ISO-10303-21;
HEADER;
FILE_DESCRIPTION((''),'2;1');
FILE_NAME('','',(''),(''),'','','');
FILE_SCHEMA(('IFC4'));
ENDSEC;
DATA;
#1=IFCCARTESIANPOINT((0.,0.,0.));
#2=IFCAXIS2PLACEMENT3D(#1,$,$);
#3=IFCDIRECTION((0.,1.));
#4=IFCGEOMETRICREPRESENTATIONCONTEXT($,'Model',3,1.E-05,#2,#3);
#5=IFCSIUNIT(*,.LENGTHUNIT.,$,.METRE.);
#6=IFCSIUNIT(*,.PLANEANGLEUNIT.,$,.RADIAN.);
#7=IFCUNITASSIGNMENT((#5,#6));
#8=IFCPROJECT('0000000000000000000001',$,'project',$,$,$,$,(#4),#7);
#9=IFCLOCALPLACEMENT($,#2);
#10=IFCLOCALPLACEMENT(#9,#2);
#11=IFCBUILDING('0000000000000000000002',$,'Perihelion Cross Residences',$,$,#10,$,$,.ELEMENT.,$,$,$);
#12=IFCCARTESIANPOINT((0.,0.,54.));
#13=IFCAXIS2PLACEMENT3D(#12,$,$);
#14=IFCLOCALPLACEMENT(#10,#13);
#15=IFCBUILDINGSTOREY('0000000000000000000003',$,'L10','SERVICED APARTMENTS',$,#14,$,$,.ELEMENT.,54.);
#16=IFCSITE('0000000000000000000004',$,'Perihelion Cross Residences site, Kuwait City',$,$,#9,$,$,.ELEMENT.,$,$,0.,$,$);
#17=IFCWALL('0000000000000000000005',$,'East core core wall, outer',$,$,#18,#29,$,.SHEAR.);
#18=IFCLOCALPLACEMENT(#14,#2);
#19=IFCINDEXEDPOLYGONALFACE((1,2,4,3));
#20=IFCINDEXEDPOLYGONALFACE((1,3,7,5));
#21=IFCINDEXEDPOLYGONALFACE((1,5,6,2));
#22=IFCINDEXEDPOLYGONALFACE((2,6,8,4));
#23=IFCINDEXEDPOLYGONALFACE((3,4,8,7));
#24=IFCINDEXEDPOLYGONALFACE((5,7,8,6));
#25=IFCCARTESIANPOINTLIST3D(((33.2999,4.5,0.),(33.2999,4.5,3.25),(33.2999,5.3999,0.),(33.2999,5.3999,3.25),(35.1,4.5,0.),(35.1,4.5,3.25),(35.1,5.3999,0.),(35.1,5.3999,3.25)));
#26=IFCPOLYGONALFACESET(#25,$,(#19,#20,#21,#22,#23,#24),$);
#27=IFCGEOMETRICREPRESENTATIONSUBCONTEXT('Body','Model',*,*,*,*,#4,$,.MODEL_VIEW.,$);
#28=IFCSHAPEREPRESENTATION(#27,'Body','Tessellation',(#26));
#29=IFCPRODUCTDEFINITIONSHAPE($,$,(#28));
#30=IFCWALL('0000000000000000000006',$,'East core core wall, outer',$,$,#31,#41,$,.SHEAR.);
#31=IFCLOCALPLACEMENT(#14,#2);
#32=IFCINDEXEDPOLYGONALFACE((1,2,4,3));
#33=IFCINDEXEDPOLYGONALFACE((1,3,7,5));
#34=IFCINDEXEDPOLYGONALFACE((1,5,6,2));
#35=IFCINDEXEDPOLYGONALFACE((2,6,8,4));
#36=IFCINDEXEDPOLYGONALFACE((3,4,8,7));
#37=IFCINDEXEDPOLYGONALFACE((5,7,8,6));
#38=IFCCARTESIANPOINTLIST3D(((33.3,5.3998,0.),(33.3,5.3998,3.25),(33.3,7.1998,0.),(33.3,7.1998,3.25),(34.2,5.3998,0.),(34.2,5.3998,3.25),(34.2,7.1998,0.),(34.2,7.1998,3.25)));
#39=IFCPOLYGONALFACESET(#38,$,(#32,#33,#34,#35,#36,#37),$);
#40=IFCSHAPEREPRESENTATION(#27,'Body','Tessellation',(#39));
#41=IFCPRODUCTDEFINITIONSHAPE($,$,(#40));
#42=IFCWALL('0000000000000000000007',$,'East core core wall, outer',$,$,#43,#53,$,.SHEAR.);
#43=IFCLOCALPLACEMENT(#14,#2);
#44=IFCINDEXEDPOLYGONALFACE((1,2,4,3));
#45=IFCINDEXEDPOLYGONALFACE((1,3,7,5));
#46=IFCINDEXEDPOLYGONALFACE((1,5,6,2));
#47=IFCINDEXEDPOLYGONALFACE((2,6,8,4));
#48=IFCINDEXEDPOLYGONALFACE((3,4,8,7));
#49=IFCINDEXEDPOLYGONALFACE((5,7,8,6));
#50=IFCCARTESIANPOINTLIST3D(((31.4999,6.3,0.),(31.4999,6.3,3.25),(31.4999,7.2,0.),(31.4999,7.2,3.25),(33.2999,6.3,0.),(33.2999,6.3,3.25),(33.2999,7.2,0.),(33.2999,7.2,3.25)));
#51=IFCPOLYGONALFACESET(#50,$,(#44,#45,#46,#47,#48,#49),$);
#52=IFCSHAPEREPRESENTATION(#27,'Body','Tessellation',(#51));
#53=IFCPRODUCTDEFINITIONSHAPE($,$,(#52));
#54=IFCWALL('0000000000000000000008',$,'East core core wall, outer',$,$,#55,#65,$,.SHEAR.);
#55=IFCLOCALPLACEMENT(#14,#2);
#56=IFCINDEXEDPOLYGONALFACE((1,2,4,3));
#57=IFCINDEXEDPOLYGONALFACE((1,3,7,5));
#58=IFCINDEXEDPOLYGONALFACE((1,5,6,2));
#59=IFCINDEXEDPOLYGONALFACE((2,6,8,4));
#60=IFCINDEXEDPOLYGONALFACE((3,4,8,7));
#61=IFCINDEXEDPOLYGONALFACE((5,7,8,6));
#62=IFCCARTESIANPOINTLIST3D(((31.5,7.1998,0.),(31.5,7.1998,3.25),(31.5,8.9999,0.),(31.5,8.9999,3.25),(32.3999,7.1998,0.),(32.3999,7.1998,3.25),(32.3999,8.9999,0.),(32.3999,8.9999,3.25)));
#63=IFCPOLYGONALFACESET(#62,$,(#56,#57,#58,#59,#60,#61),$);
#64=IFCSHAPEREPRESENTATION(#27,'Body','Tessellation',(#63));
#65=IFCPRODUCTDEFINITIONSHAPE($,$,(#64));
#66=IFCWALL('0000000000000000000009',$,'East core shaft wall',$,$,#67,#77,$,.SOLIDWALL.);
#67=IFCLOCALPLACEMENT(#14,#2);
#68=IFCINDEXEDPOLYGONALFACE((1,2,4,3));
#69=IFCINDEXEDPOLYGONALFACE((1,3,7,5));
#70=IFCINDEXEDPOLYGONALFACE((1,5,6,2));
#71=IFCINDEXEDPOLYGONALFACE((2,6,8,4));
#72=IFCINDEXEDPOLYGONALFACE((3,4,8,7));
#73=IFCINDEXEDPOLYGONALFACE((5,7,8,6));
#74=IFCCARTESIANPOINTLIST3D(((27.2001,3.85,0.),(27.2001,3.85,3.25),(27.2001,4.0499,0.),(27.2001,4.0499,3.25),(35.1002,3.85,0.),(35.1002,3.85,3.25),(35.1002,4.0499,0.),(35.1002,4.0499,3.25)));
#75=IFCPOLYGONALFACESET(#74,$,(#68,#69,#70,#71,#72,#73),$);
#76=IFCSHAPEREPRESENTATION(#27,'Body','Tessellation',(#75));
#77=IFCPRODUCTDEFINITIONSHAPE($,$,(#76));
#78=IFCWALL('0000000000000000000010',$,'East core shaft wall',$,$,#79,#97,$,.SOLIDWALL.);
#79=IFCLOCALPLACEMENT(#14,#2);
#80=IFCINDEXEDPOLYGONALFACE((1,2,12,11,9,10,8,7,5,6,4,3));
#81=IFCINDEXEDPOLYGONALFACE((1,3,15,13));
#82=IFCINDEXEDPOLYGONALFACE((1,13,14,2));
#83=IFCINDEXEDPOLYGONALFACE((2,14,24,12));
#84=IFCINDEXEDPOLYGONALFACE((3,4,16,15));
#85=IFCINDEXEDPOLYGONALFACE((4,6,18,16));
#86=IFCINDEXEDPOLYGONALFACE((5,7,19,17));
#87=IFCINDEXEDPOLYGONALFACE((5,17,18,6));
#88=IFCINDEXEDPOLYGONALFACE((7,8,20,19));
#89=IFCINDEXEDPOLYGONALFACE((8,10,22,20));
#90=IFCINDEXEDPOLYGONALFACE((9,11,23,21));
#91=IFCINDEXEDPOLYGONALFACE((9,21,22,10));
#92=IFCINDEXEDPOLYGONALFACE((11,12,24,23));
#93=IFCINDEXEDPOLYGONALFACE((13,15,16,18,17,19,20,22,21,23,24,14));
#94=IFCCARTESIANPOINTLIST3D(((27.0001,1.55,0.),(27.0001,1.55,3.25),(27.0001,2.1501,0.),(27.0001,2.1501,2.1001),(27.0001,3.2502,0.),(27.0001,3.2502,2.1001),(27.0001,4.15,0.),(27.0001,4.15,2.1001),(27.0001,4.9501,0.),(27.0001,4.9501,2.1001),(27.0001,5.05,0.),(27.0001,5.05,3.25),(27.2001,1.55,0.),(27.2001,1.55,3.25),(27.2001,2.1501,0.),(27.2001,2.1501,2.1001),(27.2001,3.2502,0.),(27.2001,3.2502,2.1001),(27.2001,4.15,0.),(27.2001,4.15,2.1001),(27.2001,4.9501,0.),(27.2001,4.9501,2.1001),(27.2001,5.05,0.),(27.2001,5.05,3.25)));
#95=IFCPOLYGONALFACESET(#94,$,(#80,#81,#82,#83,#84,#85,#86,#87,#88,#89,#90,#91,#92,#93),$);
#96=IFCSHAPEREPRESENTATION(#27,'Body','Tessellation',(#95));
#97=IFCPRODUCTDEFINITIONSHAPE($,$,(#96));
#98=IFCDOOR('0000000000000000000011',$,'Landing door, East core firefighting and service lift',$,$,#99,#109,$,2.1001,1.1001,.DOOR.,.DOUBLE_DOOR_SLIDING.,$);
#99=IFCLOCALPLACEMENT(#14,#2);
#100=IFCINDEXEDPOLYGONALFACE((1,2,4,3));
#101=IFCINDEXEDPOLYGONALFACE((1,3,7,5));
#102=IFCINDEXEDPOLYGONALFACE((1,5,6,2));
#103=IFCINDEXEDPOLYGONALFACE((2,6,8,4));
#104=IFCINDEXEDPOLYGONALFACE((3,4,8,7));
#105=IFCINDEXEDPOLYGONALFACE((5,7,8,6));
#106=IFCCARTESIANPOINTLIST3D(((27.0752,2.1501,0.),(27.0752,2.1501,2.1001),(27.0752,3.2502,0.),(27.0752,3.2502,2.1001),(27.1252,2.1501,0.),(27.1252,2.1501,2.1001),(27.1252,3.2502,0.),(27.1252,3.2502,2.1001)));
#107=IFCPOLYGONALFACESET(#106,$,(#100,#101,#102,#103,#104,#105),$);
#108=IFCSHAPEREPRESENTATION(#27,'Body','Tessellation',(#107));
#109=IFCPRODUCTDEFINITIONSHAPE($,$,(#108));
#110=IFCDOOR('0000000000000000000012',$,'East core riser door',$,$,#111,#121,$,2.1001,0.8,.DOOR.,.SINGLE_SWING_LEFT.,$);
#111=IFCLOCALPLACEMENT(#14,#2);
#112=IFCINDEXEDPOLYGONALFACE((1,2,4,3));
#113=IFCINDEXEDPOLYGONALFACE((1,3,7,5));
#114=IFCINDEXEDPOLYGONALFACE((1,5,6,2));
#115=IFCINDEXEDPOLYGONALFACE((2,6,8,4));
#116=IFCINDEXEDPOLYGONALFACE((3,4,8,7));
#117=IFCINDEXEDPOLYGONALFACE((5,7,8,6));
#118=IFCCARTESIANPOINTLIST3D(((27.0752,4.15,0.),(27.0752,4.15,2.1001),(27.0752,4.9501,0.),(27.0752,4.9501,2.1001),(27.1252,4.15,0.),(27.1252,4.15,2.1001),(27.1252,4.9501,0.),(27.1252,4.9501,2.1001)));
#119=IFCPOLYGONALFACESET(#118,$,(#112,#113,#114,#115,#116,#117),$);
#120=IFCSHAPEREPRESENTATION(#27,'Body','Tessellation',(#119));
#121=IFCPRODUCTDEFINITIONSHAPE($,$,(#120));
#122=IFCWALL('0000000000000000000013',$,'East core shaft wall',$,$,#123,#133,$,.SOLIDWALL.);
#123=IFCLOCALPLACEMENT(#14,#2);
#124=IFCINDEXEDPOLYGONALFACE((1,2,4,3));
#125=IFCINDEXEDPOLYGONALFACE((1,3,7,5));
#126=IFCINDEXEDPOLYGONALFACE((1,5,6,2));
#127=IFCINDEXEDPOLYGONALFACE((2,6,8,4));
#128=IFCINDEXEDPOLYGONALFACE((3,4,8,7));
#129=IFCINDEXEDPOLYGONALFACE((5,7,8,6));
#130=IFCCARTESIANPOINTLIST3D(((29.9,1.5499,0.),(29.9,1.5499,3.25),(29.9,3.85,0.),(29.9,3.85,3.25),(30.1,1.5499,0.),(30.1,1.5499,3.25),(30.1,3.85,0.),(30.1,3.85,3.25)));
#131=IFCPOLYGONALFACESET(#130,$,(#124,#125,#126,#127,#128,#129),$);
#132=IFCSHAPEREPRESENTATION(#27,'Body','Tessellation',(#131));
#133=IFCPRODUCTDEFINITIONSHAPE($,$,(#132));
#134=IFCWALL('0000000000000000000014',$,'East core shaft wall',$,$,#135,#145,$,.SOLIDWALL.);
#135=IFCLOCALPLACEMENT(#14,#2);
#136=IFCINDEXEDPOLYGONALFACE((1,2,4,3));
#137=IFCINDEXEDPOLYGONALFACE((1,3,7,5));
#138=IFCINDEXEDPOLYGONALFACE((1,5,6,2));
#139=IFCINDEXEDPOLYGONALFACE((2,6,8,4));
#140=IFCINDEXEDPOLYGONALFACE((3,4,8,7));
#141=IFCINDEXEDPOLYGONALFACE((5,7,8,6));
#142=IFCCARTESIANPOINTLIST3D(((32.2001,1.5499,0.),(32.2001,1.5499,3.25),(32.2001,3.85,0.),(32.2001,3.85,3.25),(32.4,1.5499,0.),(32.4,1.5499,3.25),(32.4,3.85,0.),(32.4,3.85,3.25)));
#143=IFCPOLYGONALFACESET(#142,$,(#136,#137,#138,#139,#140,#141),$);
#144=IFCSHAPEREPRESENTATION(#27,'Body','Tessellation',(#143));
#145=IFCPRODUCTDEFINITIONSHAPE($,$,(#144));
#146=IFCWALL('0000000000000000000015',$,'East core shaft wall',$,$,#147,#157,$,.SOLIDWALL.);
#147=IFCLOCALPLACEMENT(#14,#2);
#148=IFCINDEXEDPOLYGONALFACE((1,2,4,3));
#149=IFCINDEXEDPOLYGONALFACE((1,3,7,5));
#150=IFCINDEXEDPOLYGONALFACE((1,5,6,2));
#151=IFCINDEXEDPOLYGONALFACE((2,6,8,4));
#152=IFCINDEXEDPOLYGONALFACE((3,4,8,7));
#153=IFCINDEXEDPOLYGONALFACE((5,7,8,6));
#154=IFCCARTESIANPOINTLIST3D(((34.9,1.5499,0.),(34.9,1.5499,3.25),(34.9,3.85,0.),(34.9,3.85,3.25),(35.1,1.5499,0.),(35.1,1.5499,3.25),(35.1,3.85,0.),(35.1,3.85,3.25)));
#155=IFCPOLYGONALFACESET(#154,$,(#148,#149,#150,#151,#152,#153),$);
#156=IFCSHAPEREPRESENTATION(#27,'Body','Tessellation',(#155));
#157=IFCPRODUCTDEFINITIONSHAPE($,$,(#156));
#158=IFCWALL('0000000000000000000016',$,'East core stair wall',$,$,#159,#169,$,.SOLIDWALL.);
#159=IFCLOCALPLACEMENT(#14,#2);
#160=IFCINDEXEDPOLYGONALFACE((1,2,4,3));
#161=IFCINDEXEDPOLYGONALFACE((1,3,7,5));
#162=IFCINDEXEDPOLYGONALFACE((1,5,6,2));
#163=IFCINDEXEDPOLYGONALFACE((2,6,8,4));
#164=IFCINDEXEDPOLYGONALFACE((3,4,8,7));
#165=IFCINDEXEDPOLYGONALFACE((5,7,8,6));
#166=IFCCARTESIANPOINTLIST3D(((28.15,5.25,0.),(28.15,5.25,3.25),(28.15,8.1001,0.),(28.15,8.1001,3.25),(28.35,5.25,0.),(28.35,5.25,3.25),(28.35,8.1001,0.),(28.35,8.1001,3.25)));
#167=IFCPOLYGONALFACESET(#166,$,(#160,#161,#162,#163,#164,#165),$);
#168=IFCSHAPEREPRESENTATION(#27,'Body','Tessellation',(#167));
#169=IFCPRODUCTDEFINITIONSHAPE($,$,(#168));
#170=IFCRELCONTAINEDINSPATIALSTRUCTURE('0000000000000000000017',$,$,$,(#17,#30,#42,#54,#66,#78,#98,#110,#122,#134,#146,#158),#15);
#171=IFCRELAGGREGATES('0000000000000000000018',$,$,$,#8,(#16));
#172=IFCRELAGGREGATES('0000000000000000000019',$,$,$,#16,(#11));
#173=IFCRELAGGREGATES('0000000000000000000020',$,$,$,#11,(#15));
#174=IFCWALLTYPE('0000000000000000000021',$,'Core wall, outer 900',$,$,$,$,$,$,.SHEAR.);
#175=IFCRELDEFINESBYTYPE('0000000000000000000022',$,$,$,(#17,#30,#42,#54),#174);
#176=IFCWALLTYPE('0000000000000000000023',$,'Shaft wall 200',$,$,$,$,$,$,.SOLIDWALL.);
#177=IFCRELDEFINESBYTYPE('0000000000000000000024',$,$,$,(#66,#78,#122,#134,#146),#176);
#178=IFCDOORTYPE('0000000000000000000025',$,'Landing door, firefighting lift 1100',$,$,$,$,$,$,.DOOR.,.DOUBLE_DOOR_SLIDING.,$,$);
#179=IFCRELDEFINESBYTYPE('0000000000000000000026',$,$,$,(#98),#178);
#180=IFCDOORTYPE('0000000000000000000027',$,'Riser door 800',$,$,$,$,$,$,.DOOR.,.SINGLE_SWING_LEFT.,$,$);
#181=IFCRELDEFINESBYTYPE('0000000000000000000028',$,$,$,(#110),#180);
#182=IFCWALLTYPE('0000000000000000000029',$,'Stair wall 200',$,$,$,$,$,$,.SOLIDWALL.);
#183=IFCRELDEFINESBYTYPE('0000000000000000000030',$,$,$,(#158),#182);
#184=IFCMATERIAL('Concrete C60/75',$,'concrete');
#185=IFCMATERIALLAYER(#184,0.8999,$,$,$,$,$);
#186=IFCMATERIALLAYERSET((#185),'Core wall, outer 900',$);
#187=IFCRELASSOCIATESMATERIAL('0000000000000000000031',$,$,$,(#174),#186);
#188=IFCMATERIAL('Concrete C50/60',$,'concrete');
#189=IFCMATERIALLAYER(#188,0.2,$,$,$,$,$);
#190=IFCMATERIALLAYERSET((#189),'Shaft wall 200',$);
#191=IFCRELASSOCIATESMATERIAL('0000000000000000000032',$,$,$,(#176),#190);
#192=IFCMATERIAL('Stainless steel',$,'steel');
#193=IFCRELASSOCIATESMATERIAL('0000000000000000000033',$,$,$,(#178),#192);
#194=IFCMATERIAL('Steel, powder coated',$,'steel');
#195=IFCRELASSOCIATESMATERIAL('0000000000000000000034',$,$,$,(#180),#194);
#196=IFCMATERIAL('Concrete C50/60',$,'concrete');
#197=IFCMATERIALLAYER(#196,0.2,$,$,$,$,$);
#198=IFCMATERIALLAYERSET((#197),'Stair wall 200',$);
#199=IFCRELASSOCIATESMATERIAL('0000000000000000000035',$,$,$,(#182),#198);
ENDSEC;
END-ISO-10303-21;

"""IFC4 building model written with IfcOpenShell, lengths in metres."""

from ifc_helpers import new_model, si_unit, direction, frame, frame_2d, origin, place, context, subcontext, project, spatial, rectangle, extrude, material, layer, layer_set, type_object, element, fill, save


model = new_model("IFC4")

# Units and contexts
model_context = context("Model", 3, precision=1e-05, world=origin(), true_north=direction((0.0, 1.0)))
body_context = subcontext(model_context, "Body", "Model", "MODEL_VIEW")
ifc_project = project(units=[si_unit("LENGTHUNIT", "METRE"), si_unit("PLANEANGLEUNIT", "RADIAN")], contexts=[model_context])

# Site, building, storey
site_placement = place(None, origin())
site = spatial("IfcSite", under=ifc_project, at=site_placement, Name="Perihelion Cross Residences site, Kuwait City", CompositionType="ELEMENT", RefElevation=0.0)
building_placement = place(site_placement, origin())
building = spatial("IfcBuilding", under=site, at=building_placement, Name="Perihelion Cross Residences", CompositionType="ELEMENT")
storey_placement = place(building_placement, frame((0.0, 0.0, 54.0)))
storey = spatial("IfcBuildingStorey", under=building, at=storey_placement, Name="L10", Description="SERVICED APARTMENTS", CompositionType="ELEMENT", Elevation=54.0)

# Walls
ifc_material_1 = material(Name="Concrete C60/75", Category="concrete")
ifc_layer_1 = layer(ifc_material_1, 0.8999)
ifc_layer_set_1 = layer_set([ifc_layer_1], Name="Core wall, outer 900")
wall_type_1 = type_object("IfcWallType", Name="Core wall, outer 900", PredefinedType="SHEAR", material=ifc_layer_set_1)
for number, where, z_axis, x_axis, name in (
    (1, (33.3, 4.95, 0.0), (0.0, 0.0, 1.0), (1.0, 0.0, 0.0), "East core core wall, outer"),
    (2, (33.75, 5.3999, 0.0), (0.0, 0.0, 1.0), (0.0, 1.0, 0.0), "East core core wall, outer"),
    (3, (31.5, 6.75, 0.0), (0.0, 0.0, 1.0), (1.0, 0.0, 0.0), "East core core wall, outer"),
    (4, (31.95, 7.2, 0.0), (0.0, 0.0, 1.0), (0.0, 1.0, 0.0), "East core core wall, outer"),
):
    element("IfcWall", number, at=place(storey_placement, frame(where, z_axis=z_axis, x_axis=x_axis)), inside=storey, type_object=wall_type_1, Name=name, PredefinedType="SHEAR", context=body_context, shape_type="SweptSolid", body=[
        extrude(rectangle(XDim=1.8, YDim=0.8999, at=frame_2d((0.8999, 0.0))), origin(), (0.0, 0.0, 1.0), 3.25),
    ])
ifc_material_2 = material(Name="Concrete C50/60", Category="concrete")
ifc_layer_2 = layer(ifc_material_2, 0.2)
ifc_layer_set_2 = layer_set([ifc_layer_2], Name="Shaft wall 200")
wall_type_2 = type_object("IfcWallType", Name="Shaft wall 200", PredefinedType="SOLIDWALL", material=ifc_layer_set_2)
wall_1_placement = place(storey_placement, frame((27.2, 3.95, 0.0), z_axis=(0.0, 0.0, 1.0), x_axis=(1.0, 0.0, 0.0)))
element("IfcWall", 5, at=wall_1_placement, inside=storey, type_object=wall_type_2, Name="East core shaft wall", PredefinedType="SOLIDWALL", context=body_context, shape_type="SweptSolid", body=[
    extrude(rectangle(XDim=7.9001, YDim=0.2, at=frame_2d((3.9502, 0.0))), origin(), (0.0, 0.0, 1.0), 3.25),
])

# Wall, openings, doors
wall_2_placement = place(storey_placement, frame((27.1001, 1.55, 0.0), z_axis=(0.0, 0.0, 1.0), x_axis=(0.0, 1.0, 0.0)))
wall_2 = element("IfcWall", 6, at=wall_2_placement, inside=storey, type_object=wall_type_2, Name="East core shaft wall", PredefinedType="SOLIDWALL", context=body_context, shape_type="SweptSolid", body=[
    extrude(rectangle(XDim=3.5, YDim=0.2, at=frame_2d((1.75, 0.0))), origin(), (0.0, 0.0, 1.0), 3.25),
])
opening_1_placement = place(wall_2_placement, frame((0.6001, 0.0, 0.0)))
opening_1 = element("IfcOpeningElement", 7, at=opening_1_placement, cuts=wall_2, PredefinedType="OPENING", context=body_context, shape_type="SweptSolid", body=[
    extrude(rectangle(XDim=1.1001, YDim=2.1001, at=frame_2d((0.55, 1.05))), frame((0.0, 0.1099, 0.0), z_axis=(0.0, -1.0, 0.0), x_axis=(1.0, 0.0, 0.0)), (0.0, 0.0, 1.0), 0.22),
])
opening_2_placement = place(wall_2_placement, frame((2.6001, 0.0, 0.0)))
opening_2 = element("IfcOpeningElement", 8, at=opening_2_placement, cuts=wall_2, PredefinedType="OPENING", context=body_context, shape_type="SweptSolid", body=[
    extrude(rectangle(XDim=0.8, YDim=2.1001, at=frame_2d((0.3999, 1.05))), frame((0.0, 0.1099, 0.0), z_axis=(0.0, -1.0, 0.0), x_axis=(1.0, 0.0, 0.0)), (0.0, 0.0, 1.0), 0.22),
])
ifc_material_3 = material(Name="Stainless steel", Category="steel")
door_type_1 = type_object("IfcDoorType", Name="Landing door, firefighting lift 1100", OperationType="DOUBLE_DOOR_SLIDING", PredefinedType="DOOR", material=ifc_material_3)
door_1_placement = place(opening_1_placement, origin())
door_1 = element("IfcDoor", 9, at=door_1_placement, inside=storey, type_object=door_type_1, Name="Landing door, East core firefighting and service lift", OperationType="DOUBLE_DOOR_SLIDING", OverallHeight=2.1001, OverallWidth=1.1001, PredefinedType="DOOR", context=body_context, shape_type="SweptSolid", body=[
    extrude(rectangle(XDim=1.1001, YDim=2.1001, at=frame_2d((0.55, 1.05))), frame((0.0, 0.0249, 0.0), z_axis=(0.0, -1.0, 0.0), x_axis=(1.0, 0.0, 0.0)), (0.0, 0.0, 1.0), 0.05),
])
fill(opening_1, door_1)
ifc_material_4 = material(Name="Steel, powder coated", Category="steel")
door_type_2 = type_object("IfcDoorType", Name="Riser door 800", OperationType="SINGLE_SWING_LEFT", PredefinedType="DOOR", material=ifc_material_4)
door_2_placement = place(opening_2_placement, origin())
door_2 = element("IfcDoor", 10, at=door_2_placement, inside=storey, type_object=door_type_2, Name="East core riser door", OperationType="SINGLE_SWING_LEFT", OverallHeight=2.1001, OverallWidth=0.8, PredefinedType="DOOR", context=body_context, shape_type="SweptSolid", body=[
    extrude(rectangle(XDim=0.8, YDim=2.1001, at=frame_2d((0.3999, 1.05))), frame((0.0, 0.0249, 0.0), z_axis=(0.0, -1.0, 0.0), x_axis=(1.0, 0.0, 0.0)), (0.0, 0.0, 1.0), 0.05),
])
fill(opening_2, door_2)

# Walls
for number, where, z_axis, x_axis, name in (
    (11, (30.0, 1.55, 0.0), (0.0, 0.0, 1.0), (0.0, 1.0, 0.0), "East core shaft wall"),
    (12, (32.3, 1.55, 0.0), (0.0, 0.0, 1.0), (0.0, 1.0, 0.0), "East core shaft wall"),
    (13, (35.0, 1.55, 0.0), (0.0, 0.0, 1.0), (0.0, 1.0, 0.0), "East core shaft wall"),
):
    element("IfcWall", number, at=place(storey_placement, frame(where, z_axis=z_axis, x_axis=x_axis)), inside=storey, type_object=wall_type_2, Name=name, PredefinedType="SOLIDWALL", context=body_context, shape_type="SweptSolid", body=[
        extrude(rectangle(XDim=2.3, YDim=0.2, at=frame_2d((1.1499, 0.0))), origin(), (0.0, 0.0, 1.0), 3.25),
    ])
ifc_material_5 = material(Name="Concrete C50/60", Category="concrete")
ifc_layer_3 = layer(ifc_material_5, 0.2)
ifc_layer_set_3 = layer_set([ifc_layer_3], Name="Stair wall 200")
wall_type_3 = type_object("IfcWallType", Name="Stair wall 200", PredefinedType="SOLIDWALL", material=ifc_layer_set_3)
wall_3_placement = place(storey_placement, frame((28.25, 5.25, 0.0), z_axis=(0.0, 0.0, 1.0), x_axis=(0.0, 1.0, 0.0)))
element("IfcWall", 14, at=wall_3_placement, inside=storey, type_object=wall_type_3, Name="East core stair wall", PredefinedType="SOLIDWALL", context=body_context, shape_type="SweptSolid", body=[
    extrude(rectangle(XDim=2.8501, YDim=0.2, at=frame_2d((1.425, 0.0))), origin(), (0.0, 0.0, 1.0), 3.25),
])

save(model, "model.ifc")
